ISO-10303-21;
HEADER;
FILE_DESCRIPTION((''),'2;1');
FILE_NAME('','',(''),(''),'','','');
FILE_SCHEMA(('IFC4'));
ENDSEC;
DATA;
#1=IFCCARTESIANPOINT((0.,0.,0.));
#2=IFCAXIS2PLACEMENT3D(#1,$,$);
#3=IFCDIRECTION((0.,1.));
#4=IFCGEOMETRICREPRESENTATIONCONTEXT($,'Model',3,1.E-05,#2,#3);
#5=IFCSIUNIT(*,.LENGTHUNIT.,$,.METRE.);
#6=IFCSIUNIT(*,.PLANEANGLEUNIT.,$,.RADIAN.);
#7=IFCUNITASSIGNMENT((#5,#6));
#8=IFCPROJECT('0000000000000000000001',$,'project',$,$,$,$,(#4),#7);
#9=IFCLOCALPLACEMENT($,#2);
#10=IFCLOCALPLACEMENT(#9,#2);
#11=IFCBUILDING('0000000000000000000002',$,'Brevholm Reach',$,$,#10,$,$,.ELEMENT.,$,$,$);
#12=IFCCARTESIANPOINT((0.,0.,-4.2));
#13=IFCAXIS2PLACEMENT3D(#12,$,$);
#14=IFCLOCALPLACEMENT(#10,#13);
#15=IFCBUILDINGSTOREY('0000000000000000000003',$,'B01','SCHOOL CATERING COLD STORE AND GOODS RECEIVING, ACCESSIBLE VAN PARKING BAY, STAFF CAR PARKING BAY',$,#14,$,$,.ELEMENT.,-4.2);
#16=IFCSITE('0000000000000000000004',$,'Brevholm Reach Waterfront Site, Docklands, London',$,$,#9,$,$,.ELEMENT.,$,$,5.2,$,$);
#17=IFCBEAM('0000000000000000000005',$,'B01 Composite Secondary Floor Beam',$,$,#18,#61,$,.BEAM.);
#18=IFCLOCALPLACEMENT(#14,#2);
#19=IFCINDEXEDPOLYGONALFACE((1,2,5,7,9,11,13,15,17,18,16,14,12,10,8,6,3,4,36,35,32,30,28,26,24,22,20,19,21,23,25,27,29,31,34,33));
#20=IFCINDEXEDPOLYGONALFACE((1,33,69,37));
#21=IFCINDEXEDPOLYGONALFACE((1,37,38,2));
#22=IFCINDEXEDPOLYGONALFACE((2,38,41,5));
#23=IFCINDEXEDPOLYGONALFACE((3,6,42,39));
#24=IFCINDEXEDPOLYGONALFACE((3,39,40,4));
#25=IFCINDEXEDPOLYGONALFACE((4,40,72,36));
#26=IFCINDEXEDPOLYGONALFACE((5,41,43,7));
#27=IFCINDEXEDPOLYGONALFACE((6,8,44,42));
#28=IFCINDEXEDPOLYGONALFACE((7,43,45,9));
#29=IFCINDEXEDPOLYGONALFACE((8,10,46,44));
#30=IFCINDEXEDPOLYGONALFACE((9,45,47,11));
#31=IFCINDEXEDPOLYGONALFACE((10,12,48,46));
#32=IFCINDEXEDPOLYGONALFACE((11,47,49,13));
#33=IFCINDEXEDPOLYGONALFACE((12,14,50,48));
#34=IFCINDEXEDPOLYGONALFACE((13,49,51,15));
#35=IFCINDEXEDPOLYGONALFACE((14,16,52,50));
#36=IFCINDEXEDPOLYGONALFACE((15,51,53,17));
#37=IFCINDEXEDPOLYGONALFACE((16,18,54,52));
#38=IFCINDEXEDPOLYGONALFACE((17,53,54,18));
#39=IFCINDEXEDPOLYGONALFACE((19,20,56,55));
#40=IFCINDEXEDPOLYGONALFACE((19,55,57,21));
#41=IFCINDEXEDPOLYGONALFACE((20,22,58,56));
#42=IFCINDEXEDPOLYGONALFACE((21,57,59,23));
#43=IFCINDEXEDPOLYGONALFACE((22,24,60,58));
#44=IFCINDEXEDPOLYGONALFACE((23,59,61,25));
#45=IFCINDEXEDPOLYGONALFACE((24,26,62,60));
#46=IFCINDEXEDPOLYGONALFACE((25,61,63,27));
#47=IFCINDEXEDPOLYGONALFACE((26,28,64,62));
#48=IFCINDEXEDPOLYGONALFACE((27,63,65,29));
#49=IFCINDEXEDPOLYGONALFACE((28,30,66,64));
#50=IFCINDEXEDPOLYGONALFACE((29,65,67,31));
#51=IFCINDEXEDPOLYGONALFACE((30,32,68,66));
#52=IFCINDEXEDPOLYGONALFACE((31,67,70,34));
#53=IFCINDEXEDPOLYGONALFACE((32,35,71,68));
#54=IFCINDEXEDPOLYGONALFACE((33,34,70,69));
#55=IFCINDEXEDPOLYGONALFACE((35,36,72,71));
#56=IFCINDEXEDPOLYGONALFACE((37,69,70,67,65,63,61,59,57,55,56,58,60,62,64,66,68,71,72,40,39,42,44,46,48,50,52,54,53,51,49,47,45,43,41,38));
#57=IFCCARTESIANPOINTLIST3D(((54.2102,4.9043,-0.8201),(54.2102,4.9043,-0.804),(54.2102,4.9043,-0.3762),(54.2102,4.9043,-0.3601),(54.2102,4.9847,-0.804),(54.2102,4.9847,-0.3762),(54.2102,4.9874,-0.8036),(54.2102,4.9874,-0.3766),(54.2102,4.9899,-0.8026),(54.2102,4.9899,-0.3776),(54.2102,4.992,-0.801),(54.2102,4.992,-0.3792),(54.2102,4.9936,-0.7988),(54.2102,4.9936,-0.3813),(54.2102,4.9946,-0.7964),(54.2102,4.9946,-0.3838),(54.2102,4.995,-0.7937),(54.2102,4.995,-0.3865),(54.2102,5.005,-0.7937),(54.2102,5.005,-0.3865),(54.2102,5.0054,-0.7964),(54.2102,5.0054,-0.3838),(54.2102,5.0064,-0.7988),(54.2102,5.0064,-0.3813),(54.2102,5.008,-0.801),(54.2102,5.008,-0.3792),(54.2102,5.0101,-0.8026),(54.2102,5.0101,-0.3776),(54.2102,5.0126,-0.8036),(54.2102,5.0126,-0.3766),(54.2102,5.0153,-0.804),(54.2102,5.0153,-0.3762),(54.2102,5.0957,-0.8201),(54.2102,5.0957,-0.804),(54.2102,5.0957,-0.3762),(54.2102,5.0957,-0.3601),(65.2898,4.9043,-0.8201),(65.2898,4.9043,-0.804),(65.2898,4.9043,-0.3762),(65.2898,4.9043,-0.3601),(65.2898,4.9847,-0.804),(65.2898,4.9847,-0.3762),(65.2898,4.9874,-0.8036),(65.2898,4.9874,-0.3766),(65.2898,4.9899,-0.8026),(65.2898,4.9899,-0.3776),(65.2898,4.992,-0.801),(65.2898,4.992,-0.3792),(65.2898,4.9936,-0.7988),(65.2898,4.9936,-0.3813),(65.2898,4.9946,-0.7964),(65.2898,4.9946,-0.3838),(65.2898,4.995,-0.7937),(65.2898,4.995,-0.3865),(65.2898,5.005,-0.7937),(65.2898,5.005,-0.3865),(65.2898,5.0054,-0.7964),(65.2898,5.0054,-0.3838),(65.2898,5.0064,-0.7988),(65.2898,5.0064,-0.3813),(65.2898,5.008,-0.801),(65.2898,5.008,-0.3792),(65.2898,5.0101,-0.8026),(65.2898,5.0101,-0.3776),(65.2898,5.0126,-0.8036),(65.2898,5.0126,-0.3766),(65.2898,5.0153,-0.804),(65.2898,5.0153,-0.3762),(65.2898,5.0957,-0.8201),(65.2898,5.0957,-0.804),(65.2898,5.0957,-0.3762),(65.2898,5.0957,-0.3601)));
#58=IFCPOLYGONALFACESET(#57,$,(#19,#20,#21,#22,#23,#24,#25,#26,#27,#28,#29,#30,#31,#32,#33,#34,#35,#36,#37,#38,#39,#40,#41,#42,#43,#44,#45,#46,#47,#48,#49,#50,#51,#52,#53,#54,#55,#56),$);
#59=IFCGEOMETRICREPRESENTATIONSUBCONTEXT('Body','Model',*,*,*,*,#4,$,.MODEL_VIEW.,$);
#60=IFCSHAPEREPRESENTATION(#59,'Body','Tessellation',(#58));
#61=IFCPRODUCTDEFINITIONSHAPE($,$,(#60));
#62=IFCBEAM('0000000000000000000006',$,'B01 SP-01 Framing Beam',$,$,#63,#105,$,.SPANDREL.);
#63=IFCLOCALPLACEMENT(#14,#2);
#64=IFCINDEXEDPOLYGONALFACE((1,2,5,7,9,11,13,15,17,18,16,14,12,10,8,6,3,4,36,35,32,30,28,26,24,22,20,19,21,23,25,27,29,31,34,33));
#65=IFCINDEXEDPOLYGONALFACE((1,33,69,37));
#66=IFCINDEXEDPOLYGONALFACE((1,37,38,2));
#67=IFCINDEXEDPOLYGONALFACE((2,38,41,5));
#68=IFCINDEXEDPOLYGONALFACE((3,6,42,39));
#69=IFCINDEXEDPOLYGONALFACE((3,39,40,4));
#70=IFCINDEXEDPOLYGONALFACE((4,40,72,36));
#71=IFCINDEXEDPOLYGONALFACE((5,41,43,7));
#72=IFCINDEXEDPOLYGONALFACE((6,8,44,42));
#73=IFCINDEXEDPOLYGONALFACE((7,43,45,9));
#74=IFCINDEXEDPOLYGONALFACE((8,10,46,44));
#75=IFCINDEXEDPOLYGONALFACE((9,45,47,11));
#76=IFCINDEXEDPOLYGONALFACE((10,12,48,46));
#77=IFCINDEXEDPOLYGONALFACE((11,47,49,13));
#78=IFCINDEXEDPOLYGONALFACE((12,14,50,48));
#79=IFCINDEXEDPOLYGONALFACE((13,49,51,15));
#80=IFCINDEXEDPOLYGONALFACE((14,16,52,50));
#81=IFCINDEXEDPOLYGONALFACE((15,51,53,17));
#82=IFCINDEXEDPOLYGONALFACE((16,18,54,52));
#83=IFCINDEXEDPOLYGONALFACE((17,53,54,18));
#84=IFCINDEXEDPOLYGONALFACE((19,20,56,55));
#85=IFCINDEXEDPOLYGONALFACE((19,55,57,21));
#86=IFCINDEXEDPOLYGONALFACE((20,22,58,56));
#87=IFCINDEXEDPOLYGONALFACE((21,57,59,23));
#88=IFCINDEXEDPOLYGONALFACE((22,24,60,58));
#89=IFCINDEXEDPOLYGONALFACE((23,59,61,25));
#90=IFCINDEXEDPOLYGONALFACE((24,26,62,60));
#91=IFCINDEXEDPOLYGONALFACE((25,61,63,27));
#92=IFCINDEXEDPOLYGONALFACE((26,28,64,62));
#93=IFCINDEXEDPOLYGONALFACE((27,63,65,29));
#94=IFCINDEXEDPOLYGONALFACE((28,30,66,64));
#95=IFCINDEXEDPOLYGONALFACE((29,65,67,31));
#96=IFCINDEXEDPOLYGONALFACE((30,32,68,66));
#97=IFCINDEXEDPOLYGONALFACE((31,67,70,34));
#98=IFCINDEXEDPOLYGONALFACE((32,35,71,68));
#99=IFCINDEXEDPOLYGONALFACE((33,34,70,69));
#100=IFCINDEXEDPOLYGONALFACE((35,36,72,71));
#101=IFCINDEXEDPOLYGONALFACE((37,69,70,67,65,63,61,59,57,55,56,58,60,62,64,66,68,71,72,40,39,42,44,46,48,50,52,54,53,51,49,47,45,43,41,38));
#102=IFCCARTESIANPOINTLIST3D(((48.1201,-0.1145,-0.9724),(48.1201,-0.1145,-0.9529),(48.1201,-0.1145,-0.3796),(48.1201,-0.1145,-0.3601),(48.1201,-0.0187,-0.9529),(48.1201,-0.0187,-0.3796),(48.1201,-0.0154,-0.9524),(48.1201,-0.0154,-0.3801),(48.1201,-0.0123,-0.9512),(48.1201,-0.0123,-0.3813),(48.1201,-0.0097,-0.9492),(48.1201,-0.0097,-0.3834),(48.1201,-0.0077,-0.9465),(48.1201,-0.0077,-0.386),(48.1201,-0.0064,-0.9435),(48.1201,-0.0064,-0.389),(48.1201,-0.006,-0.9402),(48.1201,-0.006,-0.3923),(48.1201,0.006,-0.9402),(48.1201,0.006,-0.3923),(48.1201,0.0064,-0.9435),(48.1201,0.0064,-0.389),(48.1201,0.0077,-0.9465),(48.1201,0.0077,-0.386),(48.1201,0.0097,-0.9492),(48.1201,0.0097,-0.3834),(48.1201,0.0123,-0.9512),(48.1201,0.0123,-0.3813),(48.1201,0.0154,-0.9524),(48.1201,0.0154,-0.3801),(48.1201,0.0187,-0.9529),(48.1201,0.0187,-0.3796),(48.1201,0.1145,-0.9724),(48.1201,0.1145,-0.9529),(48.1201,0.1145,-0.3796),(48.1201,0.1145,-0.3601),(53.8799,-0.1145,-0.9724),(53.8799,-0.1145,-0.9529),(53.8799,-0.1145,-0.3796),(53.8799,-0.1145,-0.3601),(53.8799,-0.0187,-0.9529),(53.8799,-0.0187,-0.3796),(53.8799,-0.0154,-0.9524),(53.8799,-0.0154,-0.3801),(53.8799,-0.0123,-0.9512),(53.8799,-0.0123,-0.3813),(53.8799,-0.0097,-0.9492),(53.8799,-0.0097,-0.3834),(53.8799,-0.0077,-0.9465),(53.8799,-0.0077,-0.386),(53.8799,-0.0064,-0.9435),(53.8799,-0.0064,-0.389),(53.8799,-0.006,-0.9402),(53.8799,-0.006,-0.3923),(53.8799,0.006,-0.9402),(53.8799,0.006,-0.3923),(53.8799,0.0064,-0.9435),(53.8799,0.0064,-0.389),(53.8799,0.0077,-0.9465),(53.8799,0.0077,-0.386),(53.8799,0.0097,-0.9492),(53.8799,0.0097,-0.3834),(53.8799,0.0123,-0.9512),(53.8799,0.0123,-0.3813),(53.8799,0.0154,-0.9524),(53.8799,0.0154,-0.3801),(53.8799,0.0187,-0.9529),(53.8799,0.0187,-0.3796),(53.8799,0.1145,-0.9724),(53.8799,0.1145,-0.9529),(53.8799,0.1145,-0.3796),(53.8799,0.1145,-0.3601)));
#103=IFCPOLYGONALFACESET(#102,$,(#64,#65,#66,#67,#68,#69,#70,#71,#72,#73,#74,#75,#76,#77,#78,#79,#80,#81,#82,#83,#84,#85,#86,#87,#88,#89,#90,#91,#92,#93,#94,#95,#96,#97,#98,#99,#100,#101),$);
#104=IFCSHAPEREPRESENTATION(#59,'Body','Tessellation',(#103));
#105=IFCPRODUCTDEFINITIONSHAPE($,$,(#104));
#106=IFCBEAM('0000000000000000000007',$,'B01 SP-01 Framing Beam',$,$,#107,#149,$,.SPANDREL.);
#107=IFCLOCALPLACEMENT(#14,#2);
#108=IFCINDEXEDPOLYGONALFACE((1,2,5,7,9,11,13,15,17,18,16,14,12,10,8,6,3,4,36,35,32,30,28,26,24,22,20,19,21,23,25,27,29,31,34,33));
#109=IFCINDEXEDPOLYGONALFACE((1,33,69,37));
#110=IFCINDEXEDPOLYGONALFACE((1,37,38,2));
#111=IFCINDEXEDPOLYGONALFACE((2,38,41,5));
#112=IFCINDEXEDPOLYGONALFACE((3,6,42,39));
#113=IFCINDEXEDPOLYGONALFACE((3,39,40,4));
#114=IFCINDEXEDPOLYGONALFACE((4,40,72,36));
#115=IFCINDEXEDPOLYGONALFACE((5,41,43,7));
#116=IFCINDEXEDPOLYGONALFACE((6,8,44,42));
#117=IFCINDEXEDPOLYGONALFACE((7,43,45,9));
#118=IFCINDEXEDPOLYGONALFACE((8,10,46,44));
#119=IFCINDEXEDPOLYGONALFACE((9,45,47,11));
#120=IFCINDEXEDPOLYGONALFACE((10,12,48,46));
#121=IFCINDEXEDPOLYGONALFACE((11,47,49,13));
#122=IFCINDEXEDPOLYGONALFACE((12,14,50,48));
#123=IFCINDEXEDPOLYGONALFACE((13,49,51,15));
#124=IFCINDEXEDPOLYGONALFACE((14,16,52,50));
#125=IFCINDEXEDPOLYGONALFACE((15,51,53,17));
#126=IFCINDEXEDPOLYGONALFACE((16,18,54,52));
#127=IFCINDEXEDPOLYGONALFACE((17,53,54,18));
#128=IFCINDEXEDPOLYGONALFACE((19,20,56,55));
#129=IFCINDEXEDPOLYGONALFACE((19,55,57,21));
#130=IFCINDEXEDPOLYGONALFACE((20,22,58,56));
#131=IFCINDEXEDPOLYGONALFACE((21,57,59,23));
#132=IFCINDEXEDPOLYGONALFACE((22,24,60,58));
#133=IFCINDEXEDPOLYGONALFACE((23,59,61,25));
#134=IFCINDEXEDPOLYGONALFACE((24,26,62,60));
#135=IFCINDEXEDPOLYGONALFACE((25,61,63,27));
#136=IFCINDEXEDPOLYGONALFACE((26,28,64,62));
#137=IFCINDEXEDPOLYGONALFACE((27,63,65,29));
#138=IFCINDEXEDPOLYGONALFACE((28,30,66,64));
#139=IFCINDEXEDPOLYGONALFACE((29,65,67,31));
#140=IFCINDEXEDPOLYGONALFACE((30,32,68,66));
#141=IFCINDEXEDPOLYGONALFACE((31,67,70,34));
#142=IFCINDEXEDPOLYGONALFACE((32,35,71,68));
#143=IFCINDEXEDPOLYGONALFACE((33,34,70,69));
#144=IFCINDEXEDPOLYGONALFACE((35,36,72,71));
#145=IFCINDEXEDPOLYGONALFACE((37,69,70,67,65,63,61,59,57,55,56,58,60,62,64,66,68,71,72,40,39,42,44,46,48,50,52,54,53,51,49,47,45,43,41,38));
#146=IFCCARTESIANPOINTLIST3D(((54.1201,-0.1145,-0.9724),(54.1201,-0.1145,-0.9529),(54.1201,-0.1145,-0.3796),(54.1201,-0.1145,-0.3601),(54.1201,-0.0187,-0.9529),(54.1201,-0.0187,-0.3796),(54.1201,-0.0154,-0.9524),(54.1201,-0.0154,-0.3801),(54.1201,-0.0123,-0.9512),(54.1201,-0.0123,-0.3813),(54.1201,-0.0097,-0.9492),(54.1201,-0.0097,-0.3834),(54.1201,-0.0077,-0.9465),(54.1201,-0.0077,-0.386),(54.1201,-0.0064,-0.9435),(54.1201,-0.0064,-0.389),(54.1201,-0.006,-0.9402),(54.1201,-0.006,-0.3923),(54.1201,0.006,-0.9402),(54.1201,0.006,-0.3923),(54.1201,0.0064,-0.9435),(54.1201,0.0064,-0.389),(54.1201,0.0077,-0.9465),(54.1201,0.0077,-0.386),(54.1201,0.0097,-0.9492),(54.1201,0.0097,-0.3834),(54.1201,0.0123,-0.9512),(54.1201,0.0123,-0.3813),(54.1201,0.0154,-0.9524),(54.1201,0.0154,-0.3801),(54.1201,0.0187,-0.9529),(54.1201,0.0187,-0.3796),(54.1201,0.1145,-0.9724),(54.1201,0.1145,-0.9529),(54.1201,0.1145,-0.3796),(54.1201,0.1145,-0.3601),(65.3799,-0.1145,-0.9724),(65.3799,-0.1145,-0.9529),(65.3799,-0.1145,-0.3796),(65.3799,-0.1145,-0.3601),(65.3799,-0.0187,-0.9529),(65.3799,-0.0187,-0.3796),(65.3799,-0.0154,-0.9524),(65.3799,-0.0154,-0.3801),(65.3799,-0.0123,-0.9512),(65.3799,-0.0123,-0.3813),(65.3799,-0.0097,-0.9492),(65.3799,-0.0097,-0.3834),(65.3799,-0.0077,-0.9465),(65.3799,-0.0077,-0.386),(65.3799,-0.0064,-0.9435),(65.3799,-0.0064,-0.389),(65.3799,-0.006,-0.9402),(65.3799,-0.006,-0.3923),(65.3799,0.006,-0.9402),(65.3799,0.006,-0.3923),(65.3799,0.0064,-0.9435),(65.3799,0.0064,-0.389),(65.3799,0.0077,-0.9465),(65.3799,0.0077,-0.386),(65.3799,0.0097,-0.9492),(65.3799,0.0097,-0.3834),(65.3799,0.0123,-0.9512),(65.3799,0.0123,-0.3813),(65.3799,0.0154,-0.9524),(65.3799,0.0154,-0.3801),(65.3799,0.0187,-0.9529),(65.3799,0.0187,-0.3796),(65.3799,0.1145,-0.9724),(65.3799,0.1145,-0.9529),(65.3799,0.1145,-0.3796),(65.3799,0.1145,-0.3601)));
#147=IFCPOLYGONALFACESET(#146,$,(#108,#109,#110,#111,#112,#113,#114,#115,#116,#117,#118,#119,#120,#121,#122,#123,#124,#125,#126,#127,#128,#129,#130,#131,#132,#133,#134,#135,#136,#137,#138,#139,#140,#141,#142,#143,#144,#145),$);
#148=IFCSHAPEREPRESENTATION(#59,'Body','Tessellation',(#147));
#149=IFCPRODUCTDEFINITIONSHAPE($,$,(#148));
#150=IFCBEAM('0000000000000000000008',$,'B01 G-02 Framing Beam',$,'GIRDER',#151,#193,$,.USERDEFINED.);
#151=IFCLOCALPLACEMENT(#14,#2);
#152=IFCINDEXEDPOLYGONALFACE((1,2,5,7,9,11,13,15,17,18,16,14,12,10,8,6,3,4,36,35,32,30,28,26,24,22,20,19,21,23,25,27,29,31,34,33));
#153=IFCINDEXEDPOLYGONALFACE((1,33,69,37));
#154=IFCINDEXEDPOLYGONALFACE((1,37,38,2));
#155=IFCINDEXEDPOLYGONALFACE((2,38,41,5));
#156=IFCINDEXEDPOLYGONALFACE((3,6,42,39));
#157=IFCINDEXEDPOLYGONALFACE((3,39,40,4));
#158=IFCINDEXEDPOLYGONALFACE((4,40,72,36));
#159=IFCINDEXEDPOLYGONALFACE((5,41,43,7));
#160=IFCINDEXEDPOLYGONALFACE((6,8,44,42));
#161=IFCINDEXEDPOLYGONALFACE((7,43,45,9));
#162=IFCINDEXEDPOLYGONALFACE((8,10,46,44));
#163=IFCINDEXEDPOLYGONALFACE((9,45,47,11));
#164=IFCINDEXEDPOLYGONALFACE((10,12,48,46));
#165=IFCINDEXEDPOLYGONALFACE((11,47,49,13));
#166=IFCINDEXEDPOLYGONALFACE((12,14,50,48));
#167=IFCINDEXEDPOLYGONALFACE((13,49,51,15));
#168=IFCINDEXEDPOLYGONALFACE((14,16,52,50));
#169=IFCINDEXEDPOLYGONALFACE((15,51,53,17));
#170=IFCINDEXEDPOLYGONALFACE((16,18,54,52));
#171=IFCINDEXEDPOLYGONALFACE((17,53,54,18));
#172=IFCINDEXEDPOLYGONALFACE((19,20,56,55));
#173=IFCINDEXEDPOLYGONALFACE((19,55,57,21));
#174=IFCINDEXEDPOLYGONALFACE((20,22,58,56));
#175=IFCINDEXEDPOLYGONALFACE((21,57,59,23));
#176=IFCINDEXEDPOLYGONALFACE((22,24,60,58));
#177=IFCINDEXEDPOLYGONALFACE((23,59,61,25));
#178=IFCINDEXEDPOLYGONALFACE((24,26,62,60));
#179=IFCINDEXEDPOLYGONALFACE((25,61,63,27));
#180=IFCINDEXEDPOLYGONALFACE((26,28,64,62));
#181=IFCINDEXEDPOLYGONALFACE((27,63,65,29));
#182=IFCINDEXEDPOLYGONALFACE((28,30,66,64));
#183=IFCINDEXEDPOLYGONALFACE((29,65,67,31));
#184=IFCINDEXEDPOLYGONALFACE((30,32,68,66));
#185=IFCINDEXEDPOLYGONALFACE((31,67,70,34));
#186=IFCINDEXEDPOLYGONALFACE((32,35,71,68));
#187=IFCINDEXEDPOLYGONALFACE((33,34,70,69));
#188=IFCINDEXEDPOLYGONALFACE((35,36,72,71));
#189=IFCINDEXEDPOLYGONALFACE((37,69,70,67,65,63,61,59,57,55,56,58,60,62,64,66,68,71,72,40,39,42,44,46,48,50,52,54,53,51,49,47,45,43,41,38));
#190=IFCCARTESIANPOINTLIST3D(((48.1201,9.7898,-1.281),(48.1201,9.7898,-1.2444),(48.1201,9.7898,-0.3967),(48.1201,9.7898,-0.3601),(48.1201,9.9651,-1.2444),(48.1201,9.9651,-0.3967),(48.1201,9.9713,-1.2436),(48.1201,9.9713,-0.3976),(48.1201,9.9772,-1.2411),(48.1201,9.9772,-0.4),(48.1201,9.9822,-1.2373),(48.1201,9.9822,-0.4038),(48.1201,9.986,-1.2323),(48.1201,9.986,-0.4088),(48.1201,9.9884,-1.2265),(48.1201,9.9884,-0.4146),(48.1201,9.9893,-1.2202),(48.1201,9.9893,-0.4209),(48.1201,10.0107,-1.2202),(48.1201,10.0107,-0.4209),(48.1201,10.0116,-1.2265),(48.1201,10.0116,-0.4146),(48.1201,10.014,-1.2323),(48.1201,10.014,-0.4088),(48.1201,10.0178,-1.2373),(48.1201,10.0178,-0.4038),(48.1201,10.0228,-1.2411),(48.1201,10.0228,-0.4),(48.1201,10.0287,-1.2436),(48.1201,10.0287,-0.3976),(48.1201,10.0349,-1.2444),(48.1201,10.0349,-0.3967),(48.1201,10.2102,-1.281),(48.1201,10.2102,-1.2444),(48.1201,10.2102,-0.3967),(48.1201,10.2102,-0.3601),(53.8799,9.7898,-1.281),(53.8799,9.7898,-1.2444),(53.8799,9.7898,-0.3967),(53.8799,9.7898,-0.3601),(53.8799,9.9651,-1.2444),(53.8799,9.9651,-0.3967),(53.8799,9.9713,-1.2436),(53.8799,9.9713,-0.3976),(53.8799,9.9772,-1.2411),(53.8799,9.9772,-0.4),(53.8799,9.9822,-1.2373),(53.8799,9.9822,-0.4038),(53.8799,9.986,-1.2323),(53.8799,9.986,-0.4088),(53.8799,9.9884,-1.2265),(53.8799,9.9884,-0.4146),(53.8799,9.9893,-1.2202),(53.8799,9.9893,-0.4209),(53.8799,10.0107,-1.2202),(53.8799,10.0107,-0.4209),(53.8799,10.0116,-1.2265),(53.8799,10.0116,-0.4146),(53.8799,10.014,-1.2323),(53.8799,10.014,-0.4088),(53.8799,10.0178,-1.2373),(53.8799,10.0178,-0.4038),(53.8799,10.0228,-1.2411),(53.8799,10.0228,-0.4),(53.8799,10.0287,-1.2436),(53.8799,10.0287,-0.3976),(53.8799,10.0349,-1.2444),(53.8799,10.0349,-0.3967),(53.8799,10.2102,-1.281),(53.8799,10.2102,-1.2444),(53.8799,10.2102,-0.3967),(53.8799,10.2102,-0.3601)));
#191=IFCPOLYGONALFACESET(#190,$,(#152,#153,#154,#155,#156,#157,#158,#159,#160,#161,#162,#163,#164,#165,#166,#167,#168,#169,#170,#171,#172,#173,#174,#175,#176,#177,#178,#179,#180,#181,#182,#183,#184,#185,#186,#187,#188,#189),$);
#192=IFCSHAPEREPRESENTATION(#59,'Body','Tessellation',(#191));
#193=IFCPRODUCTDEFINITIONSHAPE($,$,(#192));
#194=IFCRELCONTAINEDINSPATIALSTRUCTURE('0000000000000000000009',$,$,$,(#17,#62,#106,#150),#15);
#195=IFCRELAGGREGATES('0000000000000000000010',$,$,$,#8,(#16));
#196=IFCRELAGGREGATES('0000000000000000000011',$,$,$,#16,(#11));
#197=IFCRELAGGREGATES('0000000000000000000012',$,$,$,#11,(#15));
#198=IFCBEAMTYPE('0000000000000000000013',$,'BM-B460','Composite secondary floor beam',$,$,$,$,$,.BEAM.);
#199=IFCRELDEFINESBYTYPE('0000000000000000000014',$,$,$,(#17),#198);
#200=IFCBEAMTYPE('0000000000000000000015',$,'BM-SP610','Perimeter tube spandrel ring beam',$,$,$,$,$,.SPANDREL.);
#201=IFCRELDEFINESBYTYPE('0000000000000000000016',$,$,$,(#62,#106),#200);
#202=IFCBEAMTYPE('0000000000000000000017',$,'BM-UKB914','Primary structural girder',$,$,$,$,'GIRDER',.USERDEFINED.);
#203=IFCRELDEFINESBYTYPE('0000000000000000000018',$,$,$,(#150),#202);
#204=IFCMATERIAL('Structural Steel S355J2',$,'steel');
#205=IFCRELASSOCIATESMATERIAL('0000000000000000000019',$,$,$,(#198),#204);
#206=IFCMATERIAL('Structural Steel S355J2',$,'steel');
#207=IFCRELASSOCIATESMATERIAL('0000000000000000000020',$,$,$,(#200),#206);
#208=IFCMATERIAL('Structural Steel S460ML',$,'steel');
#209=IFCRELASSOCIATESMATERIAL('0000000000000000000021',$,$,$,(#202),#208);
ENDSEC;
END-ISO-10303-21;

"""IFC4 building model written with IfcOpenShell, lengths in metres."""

from ifc_helpers import new_model, si_unit, direction, frame, origin, origin_2d, place, context, subcontext, project, spatial, i_section, extrude, material, material_profile, profile_set, type_object, element, save


model = new_model("IFC4")

# Units and contexts
model_context = context("Model", 3, precision=1e-05, world=origin(), true_north=direction((0.0, 1.0)))
body_context = subcontext(model_context, "Body", "Model", "MODEL_VIEW")
ifc_project = project(units=[si_unit("LENGTHUNIT", "METRE"), si_unit("PLANEANGLEUNIT", "RADIAN")], contexts=[model_context])

# Site, building, storey
site_placement = place(None, origin())
site = spatial("IfcSite", under=ifc_project, at=site_placement, Name="Brevholm Reach Waterfront Site, Docklands, London", CompositionType="ELEMENT", RefElevation=5.2)
building_placement = place(site_placement, origin())
building = spatial("IfcBuilding", under=site, at=building_placement, Name="Brevholm Reach", CompositionType="ELEMENT")
storey_placement = place(building_placement, frame((0.0, 0.0, -4.2)))
storey = spatial("IfcBuildingStorey", under=building, at=storey_placement, Name="B01", Description="SCHOOL CATERING COLD STORE AND GOODS RECEIVING, ACCESSIBLE VAN PARKING BAY, STAFF CAR PARKING BAY", CompositionType="ELEMENT", Elevation=-4.2)

# Beams
ifc_material_1 = material(Name="Structural Steel S355J2", Category="steel")
ifc_material_profile_1 = material_profile(ifc_material_1, i_section(OverallWidth=0.1914, OverallDepth=0.46, WebThickness=0.01, FlangeThickness=0.0161, FilletRadius=0.0103, at=origin_2d()), Name="UKB 457x191x82")
ifc_profile_set_1 = profile_set([ifc_material_profile_1], Name="Structural Steel S355J2")
beam_type_1 = type_object("IfcBeamType", Name="BM-B460", Description="Composite secondary floor beam", PredefinedType="BEAM", material=ifc_profile_set_1)
beam_1_placement = place(storey_placement, frame((54.2102, 5.0, -0.5901), z_axis=(1.0, 0.0, 0.0), x_axis=(0.0, 1.0, 0.0)))
element("IfcBeam", 1, at=beam_1_placement, inside=storey, type_object=beam_type_1, Name="B01 Composite Secondary Floor Beam", PredefinedType="BEAM", context=body_context, shape_type="SweptSolid", body=[
    extrude(i_section(OverallWidth=0.1914, OverallDepth=0.46, WebThickness=0.01, FlangeThickness=0.0161, FilletRadius=0.0103, at=origin_2d()), origin(), (0.0, 0.0, 1.0), 11.0796),
])
ifc_material_2 = material(Name="Structural Steel S355J2", Category="steel")
ifc_material_profile_2 = material_profile(ifc_material_2, i_section(OverallWidth=0.229, OverallDepth=0.6123, WebThickness=0.012, FlangeThickness=0.0195, FilletRadius=0.0127, at=origin_2d()), Name="UKB 610x229x125")
ifc_profile_set_2 = profile_set([ifc_material_profile_2], Name="Structural Steel S355J2")
beam_type_2 = type_object("IfcBeamType", Name="BM-SP610", Description="Perimeter tube spandrel ring beam", PredefinedType="SPANDREL", material=ifc_profile_set_2)
beam_2_placement = place(storey_placement, frame((48.1201, 0.0, -0.6663), z_axis=(1.0, 0.0, 0.0), x_axis=(0.0, 1.0, 0.0)))
element("IfcBeam", 2, at=beam_2_placement, inside=storey, type_object=beam_type_2, Name="B01 SP-01 Framing Beam", PredefinedType="SPANDREL", context=body_context, shape_type="SweptSolid", body=[
    extrude(i_section(OverallWidth=0.229, OverallDepth=0.6123, WebThickness=0.012, FlangeThickness=0.0195, FilletRadius=0.0127, at=origin_2d()), origin(), (0.0, 0.0, 1.0), 5.7598),
])
beam_3_placement = place(storey_placement, frame((54.1201, 0.0, -0.6663), z_axis=(1.0, 0.0, 0.0), x_axis=(0.0, 1.0, 0.0)))
element("IfcBeam", 3, at=beam_3_placement, inside=storey, type_object=beam_type_2, Name="B01 SP-01 Framing Beam", PredefinedType="SPANDREL", context=body_context, shape_type="SweptSolid", body=[
    extrude(i_section(OverallWidth=0.229, OverallDepth=0.6123, WebThickness=0.012, FlangeThickness=0.0195, FilletRadius=0.0127, at=origin_2d()), origin(), (0.0, 0.0, 1.0), 11.2598),
])
ifc_material_3 = material(Name="Structural Steel S460ML", Category="steel")
ifc_material_profile_3 = material_profile(ifc_material_3, i_section(OverallWidth=0.4204, OverallDepth=0.9209, WebThickness=0.0215, FlangeThickness=0.0366, FilletRadius=0.0242, at=origin_2d()), Name="UKB 914x419x388")
ifc_profile_set_3 = profile_set([ifc_material_profile_3], Name="Structural Steel S460ML")
beam_type_3 = type_object("IfcBeamType", Name="BM-UKB914", Description="Primary structural girder", ElementType="GIRDER", PredefinedType="USERDEFINED", material=ifc_profile_set_3)
for number, where, z_axis, x_axis, name in (
    (4, (48.1201, 10.0, -0.8206), (1.0, 0.0, 0.0), (0.0, 1.0, 0.0), "B01 G-02 Framing Beam"),
):
    element("IfcBeam", number, at=place(storey_placement, frame(where, z_axis=z_axis, x_axis=x_axis)), inside=storey, type_object=beam_type_3, Name=name, ObjectType="GIRDER", PredefinedType="USERDEFINED", context=body_context, shape_type="SweptSolid", body=[
        extrude(i_section(OverallWidth=0.4204, OverallDepth=0.9209, WebThickness=0.0215, FlangeThickness=0.0366, FilletRadius=0.0242, at=origin_2d()), origin(), (0.0, 0.0, 1.0), 5.7598),
    ])

save(model, "model.ifc")
